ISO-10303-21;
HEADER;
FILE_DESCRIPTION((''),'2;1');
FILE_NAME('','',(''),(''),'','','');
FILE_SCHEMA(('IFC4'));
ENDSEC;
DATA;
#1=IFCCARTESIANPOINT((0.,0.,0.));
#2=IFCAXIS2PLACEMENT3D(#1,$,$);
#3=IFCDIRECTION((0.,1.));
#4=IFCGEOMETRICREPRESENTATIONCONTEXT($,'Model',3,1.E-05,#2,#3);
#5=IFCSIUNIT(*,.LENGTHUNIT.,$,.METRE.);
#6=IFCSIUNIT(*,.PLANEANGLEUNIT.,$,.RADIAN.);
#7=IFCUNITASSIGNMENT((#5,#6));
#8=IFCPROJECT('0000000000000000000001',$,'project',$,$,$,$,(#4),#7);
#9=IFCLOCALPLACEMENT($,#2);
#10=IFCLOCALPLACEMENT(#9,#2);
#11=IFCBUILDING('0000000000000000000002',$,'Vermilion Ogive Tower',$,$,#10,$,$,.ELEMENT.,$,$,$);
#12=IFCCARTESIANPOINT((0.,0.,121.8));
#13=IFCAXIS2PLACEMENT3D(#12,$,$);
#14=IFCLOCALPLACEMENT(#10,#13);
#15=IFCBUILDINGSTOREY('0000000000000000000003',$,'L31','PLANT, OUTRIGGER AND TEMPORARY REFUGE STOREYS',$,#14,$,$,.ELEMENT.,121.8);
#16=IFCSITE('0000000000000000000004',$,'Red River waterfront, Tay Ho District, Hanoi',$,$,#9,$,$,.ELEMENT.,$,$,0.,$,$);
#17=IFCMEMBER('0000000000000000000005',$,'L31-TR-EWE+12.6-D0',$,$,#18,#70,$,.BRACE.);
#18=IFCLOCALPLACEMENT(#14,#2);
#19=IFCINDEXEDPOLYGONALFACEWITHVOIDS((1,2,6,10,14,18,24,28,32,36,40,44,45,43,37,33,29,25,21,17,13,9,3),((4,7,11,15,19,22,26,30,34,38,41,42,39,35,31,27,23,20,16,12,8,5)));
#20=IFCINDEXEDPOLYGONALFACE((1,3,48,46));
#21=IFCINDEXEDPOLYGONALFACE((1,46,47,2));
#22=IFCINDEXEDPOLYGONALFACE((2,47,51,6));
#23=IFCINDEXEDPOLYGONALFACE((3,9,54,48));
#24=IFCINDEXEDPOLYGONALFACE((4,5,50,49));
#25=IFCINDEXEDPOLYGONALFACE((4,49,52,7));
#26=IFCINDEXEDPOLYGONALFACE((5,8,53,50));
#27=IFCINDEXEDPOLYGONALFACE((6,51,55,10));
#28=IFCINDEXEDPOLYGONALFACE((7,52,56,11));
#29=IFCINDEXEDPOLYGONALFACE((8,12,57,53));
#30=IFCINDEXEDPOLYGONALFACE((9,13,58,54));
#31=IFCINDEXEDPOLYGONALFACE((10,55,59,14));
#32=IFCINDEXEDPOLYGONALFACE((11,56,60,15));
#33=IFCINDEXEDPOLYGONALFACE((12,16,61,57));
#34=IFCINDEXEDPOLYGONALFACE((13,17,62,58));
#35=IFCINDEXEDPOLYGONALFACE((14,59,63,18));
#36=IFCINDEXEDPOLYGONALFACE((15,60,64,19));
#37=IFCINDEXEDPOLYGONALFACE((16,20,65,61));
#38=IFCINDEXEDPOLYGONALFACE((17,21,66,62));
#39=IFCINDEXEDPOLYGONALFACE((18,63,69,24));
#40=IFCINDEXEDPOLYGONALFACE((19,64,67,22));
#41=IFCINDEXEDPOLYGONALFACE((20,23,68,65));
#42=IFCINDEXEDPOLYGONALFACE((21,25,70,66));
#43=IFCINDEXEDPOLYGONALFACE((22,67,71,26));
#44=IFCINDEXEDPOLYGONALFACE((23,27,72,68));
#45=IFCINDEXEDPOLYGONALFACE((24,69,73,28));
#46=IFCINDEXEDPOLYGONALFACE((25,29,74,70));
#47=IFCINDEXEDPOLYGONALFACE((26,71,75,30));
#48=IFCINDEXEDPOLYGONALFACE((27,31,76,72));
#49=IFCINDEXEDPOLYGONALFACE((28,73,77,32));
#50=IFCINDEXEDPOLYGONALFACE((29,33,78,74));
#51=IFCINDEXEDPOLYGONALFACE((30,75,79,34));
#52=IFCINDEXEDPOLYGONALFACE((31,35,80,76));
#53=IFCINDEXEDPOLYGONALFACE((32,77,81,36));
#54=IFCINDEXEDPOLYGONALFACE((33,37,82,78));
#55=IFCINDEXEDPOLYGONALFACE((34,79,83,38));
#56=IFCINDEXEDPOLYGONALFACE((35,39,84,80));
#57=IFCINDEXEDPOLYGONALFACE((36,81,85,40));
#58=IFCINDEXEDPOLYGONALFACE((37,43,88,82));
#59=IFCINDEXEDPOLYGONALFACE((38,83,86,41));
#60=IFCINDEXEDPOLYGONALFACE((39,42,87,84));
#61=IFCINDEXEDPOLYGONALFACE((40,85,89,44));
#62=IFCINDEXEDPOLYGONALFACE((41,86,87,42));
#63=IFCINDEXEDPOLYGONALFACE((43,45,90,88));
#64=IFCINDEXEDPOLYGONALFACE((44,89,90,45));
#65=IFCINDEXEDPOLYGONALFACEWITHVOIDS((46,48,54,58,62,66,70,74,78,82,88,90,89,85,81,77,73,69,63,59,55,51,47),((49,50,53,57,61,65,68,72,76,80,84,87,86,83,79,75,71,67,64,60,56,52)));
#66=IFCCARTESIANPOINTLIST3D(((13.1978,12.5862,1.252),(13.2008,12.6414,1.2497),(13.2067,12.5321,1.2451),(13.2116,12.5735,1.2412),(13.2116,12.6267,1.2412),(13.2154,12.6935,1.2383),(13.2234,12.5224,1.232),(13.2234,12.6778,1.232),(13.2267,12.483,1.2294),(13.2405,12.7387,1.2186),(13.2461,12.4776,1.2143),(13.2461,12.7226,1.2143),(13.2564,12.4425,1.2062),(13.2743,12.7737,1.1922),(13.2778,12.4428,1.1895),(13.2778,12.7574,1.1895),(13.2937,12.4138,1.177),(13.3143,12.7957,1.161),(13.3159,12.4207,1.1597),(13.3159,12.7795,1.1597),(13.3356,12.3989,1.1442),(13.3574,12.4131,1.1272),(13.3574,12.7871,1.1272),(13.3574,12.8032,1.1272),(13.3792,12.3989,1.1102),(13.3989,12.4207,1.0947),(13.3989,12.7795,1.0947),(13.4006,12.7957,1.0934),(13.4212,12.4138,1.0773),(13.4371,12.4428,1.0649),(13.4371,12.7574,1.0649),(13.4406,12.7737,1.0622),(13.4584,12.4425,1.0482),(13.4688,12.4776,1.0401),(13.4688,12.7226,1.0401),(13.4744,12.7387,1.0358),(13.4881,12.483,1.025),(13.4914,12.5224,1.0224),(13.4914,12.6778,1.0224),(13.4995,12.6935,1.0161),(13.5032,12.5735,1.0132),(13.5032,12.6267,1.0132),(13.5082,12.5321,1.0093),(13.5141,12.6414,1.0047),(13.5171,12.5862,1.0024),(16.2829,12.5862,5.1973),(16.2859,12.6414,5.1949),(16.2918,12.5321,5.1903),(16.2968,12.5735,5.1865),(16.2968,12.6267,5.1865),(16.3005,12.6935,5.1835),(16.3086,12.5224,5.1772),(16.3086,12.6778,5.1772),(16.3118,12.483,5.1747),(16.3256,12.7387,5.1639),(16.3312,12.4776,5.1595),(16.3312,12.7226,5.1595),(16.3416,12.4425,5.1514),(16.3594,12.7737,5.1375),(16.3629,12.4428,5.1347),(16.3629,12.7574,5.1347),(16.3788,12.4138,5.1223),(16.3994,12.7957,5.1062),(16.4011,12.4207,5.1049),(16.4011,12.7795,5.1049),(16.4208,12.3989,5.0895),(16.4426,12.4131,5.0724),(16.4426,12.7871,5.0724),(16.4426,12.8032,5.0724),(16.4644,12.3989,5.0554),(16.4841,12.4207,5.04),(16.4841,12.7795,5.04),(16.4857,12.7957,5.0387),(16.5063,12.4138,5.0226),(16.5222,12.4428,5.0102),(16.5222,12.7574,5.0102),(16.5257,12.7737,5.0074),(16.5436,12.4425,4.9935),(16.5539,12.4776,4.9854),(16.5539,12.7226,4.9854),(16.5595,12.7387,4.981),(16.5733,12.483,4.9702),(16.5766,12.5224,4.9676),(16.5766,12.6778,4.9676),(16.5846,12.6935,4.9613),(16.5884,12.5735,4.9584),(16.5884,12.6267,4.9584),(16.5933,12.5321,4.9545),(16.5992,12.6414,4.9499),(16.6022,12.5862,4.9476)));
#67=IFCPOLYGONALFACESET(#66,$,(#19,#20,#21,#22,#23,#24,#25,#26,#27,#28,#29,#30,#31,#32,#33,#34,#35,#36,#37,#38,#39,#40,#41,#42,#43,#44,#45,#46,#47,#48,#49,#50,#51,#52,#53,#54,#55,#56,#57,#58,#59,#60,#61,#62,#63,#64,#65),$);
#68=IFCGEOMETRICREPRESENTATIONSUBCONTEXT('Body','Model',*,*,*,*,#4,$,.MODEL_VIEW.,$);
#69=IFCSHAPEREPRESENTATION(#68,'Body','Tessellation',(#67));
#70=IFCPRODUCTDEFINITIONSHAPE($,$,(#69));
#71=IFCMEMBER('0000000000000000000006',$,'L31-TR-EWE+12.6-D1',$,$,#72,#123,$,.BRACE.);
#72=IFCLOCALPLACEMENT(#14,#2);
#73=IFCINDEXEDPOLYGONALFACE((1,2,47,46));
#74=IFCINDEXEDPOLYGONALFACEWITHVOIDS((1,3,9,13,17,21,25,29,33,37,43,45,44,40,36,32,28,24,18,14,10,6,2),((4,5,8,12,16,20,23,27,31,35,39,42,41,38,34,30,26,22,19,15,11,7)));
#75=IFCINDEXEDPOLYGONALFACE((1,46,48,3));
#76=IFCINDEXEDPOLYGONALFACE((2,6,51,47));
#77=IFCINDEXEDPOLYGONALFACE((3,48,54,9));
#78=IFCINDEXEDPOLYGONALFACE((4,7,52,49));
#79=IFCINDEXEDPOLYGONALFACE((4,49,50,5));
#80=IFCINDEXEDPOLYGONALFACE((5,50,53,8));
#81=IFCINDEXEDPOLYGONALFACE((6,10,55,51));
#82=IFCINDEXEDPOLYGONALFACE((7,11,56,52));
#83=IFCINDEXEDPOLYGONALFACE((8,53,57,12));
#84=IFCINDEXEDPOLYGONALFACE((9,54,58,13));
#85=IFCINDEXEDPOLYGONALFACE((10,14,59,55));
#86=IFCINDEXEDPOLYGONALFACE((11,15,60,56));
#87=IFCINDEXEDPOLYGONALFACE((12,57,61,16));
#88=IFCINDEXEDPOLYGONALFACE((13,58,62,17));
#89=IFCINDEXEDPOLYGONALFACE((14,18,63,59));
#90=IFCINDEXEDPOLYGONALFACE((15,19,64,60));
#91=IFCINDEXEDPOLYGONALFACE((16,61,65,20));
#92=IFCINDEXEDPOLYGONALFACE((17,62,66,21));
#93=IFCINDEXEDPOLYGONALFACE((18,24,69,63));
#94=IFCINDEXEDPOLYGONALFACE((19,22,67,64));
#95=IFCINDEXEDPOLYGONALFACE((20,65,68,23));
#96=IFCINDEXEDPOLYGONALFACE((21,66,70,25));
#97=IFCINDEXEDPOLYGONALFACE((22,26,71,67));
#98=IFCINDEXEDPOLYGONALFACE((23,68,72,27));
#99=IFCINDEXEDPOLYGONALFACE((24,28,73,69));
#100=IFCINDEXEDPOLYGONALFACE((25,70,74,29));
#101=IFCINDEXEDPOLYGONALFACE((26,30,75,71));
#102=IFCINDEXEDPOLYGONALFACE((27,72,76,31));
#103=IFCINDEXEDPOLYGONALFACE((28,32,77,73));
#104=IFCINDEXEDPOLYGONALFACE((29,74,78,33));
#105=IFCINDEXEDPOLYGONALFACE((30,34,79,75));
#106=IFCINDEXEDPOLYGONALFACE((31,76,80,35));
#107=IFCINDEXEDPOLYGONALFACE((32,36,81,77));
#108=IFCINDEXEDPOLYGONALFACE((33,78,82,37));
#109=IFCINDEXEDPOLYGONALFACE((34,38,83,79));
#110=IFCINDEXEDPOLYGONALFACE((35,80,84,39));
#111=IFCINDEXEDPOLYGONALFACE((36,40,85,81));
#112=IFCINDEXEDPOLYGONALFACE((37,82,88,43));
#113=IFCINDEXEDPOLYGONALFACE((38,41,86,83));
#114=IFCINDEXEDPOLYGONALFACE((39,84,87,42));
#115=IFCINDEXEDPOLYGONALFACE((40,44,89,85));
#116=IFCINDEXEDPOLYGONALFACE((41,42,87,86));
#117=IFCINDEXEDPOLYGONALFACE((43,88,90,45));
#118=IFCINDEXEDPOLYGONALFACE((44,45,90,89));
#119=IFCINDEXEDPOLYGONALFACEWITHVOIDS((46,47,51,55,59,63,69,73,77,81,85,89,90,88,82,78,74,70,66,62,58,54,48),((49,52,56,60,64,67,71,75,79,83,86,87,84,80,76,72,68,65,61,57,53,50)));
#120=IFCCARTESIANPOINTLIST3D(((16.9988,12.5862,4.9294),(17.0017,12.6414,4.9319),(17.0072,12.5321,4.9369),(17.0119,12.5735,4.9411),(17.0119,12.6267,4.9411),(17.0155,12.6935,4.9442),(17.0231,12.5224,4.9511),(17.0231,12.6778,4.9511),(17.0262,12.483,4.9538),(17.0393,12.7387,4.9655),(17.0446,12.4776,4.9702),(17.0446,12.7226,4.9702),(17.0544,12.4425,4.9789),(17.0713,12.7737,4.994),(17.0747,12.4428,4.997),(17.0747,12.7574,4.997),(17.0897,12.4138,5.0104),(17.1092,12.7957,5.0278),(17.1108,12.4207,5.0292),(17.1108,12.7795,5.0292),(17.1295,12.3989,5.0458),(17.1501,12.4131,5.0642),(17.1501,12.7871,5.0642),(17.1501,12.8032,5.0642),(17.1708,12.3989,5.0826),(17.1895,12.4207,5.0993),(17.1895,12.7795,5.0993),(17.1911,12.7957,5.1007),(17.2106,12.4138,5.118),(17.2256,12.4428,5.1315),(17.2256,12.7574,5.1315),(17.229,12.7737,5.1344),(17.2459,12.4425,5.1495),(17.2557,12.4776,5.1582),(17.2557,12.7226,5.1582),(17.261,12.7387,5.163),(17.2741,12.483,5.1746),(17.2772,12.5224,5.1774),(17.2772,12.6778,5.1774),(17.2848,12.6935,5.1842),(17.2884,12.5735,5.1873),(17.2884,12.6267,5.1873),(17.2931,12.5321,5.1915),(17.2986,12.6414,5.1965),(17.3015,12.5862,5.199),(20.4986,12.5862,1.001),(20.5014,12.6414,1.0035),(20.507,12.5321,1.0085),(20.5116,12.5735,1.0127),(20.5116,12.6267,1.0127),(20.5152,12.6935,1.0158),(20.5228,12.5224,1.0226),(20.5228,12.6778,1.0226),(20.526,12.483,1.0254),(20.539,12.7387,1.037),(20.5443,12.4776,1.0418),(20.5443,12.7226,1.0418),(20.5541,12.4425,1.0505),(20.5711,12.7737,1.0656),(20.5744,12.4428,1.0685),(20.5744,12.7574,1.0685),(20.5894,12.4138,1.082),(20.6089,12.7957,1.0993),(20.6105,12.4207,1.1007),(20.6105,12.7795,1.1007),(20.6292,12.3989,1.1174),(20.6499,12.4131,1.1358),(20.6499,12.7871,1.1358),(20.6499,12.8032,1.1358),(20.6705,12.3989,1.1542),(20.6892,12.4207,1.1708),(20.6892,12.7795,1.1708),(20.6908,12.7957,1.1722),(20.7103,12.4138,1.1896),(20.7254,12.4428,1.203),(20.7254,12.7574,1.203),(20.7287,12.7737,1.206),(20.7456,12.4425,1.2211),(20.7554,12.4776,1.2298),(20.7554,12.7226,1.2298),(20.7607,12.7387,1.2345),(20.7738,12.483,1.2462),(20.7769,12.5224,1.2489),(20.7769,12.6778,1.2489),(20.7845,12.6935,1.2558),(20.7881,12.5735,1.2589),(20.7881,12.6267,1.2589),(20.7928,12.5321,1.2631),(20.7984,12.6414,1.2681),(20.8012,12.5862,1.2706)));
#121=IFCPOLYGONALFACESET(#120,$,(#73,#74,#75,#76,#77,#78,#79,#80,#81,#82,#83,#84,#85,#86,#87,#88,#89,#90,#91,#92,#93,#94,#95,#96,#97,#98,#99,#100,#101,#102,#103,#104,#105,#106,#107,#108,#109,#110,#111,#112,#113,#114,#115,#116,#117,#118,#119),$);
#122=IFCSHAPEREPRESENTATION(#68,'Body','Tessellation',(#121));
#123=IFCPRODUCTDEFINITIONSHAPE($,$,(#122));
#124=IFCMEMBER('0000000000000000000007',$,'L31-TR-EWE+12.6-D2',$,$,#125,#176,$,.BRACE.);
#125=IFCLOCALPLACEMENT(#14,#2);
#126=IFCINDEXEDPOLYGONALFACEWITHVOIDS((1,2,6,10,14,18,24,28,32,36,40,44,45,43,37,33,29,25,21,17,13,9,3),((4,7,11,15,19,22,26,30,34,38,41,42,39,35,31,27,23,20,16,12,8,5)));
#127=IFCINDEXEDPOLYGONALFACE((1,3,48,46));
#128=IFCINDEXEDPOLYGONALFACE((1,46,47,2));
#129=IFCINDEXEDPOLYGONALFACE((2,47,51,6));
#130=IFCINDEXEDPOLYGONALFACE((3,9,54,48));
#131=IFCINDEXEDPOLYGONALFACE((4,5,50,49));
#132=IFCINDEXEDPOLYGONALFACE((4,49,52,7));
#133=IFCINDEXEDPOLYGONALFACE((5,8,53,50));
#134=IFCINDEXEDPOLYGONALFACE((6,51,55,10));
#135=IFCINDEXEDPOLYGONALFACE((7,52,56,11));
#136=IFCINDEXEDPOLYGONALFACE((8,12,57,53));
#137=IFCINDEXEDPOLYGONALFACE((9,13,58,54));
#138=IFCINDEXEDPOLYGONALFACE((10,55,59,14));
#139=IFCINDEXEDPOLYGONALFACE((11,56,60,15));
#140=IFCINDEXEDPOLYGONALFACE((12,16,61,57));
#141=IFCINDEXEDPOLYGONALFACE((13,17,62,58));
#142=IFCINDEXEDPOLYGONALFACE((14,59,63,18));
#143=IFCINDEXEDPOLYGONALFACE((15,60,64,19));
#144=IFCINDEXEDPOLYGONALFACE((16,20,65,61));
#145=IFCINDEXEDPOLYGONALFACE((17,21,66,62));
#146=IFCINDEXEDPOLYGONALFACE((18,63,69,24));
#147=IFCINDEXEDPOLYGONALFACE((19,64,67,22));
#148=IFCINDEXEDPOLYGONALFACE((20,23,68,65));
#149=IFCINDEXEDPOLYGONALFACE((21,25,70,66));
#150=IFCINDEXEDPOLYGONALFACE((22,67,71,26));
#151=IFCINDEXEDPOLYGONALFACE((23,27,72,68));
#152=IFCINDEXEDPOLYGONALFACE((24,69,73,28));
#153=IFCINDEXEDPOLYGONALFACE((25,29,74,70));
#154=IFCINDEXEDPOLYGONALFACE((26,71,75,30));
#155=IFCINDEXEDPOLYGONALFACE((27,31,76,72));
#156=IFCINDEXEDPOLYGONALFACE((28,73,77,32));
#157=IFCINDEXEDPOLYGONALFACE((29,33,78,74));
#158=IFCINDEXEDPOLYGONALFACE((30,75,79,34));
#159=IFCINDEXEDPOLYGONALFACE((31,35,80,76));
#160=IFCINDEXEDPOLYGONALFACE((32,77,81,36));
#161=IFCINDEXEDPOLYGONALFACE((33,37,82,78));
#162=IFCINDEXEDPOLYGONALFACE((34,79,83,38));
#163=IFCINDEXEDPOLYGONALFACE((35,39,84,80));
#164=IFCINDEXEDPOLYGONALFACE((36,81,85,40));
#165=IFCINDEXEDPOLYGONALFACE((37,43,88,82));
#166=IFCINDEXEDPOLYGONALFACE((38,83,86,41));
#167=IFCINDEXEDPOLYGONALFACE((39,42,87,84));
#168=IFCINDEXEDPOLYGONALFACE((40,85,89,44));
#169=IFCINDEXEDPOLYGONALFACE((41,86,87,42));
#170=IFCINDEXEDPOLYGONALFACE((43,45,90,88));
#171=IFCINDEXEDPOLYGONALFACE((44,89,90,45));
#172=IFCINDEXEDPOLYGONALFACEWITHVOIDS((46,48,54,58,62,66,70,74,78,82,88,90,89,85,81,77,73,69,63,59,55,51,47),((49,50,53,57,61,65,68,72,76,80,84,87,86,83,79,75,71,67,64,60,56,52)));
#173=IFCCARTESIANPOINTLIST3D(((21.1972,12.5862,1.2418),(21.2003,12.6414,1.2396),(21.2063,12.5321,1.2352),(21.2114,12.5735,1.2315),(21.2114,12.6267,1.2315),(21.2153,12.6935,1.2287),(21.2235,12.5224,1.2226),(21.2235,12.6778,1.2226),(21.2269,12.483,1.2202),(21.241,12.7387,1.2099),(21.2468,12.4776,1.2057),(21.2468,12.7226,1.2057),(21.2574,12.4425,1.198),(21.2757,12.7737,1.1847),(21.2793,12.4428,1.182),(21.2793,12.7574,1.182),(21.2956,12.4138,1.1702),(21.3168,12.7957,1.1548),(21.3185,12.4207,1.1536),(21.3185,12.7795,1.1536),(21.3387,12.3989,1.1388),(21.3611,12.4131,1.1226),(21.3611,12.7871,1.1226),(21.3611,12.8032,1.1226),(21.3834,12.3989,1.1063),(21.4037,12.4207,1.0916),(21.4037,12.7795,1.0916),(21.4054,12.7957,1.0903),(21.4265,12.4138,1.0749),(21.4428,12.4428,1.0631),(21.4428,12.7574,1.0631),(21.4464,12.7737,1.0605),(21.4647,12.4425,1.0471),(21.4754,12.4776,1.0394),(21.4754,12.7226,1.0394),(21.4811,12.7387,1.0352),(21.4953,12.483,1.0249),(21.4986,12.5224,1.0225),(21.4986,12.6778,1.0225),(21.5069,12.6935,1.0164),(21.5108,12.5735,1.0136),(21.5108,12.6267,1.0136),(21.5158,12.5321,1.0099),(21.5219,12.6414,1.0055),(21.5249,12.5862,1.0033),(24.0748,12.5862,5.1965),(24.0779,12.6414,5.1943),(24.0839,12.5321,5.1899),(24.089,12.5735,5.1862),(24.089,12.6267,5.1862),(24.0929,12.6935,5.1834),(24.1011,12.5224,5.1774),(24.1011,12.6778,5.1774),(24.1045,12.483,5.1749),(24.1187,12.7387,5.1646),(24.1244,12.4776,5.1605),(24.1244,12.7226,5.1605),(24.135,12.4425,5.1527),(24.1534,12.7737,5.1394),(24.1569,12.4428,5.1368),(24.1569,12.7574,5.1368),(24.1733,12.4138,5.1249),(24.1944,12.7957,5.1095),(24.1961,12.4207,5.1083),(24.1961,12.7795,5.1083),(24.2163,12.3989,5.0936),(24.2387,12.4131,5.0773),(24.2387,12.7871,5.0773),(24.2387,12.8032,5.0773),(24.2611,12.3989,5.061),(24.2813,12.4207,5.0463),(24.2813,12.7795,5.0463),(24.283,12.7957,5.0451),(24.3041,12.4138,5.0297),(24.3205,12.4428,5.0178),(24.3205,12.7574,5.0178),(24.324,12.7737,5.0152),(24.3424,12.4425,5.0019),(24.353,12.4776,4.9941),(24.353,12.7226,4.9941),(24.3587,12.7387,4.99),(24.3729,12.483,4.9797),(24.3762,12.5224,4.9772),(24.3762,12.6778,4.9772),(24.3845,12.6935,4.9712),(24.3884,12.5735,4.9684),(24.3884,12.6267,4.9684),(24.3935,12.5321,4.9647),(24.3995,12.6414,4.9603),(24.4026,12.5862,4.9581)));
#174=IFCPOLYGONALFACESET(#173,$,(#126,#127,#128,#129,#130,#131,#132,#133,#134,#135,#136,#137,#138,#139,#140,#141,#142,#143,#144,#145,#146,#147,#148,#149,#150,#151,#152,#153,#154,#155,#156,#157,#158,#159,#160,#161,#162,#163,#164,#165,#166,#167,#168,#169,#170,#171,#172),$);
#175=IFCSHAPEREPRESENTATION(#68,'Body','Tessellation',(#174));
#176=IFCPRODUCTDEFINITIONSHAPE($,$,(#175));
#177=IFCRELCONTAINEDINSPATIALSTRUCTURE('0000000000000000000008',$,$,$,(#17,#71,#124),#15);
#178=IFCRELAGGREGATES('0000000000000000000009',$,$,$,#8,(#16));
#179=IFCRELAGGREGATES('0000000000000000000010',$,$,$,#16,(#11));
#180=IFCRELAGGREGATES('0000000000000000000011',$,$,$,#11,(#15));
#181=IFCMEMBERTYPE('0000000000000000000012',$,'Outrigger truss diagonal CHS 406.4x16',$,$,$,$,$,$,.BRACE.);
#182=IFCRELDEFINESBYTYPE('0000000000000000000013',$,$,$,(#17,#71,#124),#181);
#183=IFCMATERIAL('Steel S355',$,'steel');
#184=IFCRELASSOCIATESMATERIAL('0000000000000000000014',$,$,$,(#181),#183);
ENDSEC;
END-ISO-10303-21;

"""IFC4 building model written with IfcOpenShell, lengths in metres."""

from ifc_helpers import new_model, si_unit, direction, frame, origin, origin_2d, place, context, subcontext, project, spatial, hollow_circle, extrude, material, material_profile, profile_set, type_object, element, save


model = new_model("IFC4")

# Units and contexts
model_context = context("Model", 3, precision=1e-05, world=origin(), true_north=direction((0.0, 1.0)))
body_context = subcontext(model_context, "Body", "Model", "MODEL_VIEW")
ifc_project = project(units=[si_unit("LENGTHUNIT", "METRE"), si_unit("PLANEANGLEUNIT", "RADIAN")], contexts=[model_context])

# Site, building, storey
site_placement = place(None, origin())
site = spatial("IfcSite", under=ifc_project, at=site_placement, Name="Red River waterfront, Tay Ho District, Hanoi", CompositionType="ELEMENT", RefElevation=0.0)
building_placement = place(site_placement, origin())
building = spatial("IfcBuilding", under=site, at=building_placement, Name="Vermilion Ogive Tower", CompositionType="ELEMENT")
storey_placement = place(building_placement, frame((0.0, 0.0, 121.8)))
storey = spatial("IfcBuildingStorey", under=building, at=storey_placement, Name="L31", Description="PLANT, OUTRIGGER AND TEMPORARY REFUGE STOREYS", CompositionType="ELEMENT", Elevation=121.8)

# Members
ifc_material_1 = material(Name="Steel S355", Category="steel")
ifc_material_profile_1 = material_profile(ifc_material_1, hollow_circle(Radius=0.2031, WallThickness=0.0161, at=origin_2d()), Name="CHS 406.4x16")
ifc_profile_set_1 = profile_set([ifc_material_profile_1], Name="Steel S355")
member_type_1 = type_object("IfcMemberType", Name="Outrigger truss diagonal CHS 406.4x16", PredefinedType="BRACE", material=ifc_profile_set_1)
member_1_placement = place(storey_placement, frame((13.3574, 12.6001, 1.1272), z_axis=(0.616007, 0.0, 0.787741), x_axis=(0.0, 1.0, 0.0)))
element("IfcMember", 1, at=member_1_placement, inside=storey, type_object=member_type_1, Name="L31-TR-EWE+12.6-D0", PredefinedType="BRACE", context=body_context, shape_type="SweptSolid", body=[
    extrude(hollow_circle(Radius=0.2031, WallThickness=0.0161, at=origin_2d()), origin(), (0.0, 0.0, 1.0), 5.0083),
])
member_2_placement = place(storey_placement, frame((17.1501, 12.6001, 5.0642), z_axis=(0.66519, 0.0, -0.746674), x_axis=(0.0, 1.0, 0.0)))
element("IfcMember", 2, at=member_2_placement, inside=storey, type_object=member_type_1, Name="L31-TR-EWE+12.6-D1", PredefinedType="BRACE", context=body_context, shape_type="SweptSolid", body=[
    extrude(hollow_circle(Radius=0.2031, WallThickness=0.0161, at=origin_2d()), origin(), (0.0, 0.0, 1.0), 5.2612),
])
member_3_placement = place(storey_placement, frame((21.3611, 12.6001, 1.1226), z_axis=(0.588365, 0.0, 0.808596), x_axis=(0.0, 1.0, 0.0)))
element("IfcMember", 3, at=member_3_placement, inside=storey, type_object=member_type_1, Name="L31-TR-EWE+12.6-D2", PredefinedType="BRACE", context=body_context, shape_type="SweptSolid", body=[
    extrude(hollow_circle(Radius=0.2031, WallThickness=0.0161, at=origin_2d()), origin(), (0.0, 0.0, 1.0), 4.8909),
])

save(model, "model.ifc")
